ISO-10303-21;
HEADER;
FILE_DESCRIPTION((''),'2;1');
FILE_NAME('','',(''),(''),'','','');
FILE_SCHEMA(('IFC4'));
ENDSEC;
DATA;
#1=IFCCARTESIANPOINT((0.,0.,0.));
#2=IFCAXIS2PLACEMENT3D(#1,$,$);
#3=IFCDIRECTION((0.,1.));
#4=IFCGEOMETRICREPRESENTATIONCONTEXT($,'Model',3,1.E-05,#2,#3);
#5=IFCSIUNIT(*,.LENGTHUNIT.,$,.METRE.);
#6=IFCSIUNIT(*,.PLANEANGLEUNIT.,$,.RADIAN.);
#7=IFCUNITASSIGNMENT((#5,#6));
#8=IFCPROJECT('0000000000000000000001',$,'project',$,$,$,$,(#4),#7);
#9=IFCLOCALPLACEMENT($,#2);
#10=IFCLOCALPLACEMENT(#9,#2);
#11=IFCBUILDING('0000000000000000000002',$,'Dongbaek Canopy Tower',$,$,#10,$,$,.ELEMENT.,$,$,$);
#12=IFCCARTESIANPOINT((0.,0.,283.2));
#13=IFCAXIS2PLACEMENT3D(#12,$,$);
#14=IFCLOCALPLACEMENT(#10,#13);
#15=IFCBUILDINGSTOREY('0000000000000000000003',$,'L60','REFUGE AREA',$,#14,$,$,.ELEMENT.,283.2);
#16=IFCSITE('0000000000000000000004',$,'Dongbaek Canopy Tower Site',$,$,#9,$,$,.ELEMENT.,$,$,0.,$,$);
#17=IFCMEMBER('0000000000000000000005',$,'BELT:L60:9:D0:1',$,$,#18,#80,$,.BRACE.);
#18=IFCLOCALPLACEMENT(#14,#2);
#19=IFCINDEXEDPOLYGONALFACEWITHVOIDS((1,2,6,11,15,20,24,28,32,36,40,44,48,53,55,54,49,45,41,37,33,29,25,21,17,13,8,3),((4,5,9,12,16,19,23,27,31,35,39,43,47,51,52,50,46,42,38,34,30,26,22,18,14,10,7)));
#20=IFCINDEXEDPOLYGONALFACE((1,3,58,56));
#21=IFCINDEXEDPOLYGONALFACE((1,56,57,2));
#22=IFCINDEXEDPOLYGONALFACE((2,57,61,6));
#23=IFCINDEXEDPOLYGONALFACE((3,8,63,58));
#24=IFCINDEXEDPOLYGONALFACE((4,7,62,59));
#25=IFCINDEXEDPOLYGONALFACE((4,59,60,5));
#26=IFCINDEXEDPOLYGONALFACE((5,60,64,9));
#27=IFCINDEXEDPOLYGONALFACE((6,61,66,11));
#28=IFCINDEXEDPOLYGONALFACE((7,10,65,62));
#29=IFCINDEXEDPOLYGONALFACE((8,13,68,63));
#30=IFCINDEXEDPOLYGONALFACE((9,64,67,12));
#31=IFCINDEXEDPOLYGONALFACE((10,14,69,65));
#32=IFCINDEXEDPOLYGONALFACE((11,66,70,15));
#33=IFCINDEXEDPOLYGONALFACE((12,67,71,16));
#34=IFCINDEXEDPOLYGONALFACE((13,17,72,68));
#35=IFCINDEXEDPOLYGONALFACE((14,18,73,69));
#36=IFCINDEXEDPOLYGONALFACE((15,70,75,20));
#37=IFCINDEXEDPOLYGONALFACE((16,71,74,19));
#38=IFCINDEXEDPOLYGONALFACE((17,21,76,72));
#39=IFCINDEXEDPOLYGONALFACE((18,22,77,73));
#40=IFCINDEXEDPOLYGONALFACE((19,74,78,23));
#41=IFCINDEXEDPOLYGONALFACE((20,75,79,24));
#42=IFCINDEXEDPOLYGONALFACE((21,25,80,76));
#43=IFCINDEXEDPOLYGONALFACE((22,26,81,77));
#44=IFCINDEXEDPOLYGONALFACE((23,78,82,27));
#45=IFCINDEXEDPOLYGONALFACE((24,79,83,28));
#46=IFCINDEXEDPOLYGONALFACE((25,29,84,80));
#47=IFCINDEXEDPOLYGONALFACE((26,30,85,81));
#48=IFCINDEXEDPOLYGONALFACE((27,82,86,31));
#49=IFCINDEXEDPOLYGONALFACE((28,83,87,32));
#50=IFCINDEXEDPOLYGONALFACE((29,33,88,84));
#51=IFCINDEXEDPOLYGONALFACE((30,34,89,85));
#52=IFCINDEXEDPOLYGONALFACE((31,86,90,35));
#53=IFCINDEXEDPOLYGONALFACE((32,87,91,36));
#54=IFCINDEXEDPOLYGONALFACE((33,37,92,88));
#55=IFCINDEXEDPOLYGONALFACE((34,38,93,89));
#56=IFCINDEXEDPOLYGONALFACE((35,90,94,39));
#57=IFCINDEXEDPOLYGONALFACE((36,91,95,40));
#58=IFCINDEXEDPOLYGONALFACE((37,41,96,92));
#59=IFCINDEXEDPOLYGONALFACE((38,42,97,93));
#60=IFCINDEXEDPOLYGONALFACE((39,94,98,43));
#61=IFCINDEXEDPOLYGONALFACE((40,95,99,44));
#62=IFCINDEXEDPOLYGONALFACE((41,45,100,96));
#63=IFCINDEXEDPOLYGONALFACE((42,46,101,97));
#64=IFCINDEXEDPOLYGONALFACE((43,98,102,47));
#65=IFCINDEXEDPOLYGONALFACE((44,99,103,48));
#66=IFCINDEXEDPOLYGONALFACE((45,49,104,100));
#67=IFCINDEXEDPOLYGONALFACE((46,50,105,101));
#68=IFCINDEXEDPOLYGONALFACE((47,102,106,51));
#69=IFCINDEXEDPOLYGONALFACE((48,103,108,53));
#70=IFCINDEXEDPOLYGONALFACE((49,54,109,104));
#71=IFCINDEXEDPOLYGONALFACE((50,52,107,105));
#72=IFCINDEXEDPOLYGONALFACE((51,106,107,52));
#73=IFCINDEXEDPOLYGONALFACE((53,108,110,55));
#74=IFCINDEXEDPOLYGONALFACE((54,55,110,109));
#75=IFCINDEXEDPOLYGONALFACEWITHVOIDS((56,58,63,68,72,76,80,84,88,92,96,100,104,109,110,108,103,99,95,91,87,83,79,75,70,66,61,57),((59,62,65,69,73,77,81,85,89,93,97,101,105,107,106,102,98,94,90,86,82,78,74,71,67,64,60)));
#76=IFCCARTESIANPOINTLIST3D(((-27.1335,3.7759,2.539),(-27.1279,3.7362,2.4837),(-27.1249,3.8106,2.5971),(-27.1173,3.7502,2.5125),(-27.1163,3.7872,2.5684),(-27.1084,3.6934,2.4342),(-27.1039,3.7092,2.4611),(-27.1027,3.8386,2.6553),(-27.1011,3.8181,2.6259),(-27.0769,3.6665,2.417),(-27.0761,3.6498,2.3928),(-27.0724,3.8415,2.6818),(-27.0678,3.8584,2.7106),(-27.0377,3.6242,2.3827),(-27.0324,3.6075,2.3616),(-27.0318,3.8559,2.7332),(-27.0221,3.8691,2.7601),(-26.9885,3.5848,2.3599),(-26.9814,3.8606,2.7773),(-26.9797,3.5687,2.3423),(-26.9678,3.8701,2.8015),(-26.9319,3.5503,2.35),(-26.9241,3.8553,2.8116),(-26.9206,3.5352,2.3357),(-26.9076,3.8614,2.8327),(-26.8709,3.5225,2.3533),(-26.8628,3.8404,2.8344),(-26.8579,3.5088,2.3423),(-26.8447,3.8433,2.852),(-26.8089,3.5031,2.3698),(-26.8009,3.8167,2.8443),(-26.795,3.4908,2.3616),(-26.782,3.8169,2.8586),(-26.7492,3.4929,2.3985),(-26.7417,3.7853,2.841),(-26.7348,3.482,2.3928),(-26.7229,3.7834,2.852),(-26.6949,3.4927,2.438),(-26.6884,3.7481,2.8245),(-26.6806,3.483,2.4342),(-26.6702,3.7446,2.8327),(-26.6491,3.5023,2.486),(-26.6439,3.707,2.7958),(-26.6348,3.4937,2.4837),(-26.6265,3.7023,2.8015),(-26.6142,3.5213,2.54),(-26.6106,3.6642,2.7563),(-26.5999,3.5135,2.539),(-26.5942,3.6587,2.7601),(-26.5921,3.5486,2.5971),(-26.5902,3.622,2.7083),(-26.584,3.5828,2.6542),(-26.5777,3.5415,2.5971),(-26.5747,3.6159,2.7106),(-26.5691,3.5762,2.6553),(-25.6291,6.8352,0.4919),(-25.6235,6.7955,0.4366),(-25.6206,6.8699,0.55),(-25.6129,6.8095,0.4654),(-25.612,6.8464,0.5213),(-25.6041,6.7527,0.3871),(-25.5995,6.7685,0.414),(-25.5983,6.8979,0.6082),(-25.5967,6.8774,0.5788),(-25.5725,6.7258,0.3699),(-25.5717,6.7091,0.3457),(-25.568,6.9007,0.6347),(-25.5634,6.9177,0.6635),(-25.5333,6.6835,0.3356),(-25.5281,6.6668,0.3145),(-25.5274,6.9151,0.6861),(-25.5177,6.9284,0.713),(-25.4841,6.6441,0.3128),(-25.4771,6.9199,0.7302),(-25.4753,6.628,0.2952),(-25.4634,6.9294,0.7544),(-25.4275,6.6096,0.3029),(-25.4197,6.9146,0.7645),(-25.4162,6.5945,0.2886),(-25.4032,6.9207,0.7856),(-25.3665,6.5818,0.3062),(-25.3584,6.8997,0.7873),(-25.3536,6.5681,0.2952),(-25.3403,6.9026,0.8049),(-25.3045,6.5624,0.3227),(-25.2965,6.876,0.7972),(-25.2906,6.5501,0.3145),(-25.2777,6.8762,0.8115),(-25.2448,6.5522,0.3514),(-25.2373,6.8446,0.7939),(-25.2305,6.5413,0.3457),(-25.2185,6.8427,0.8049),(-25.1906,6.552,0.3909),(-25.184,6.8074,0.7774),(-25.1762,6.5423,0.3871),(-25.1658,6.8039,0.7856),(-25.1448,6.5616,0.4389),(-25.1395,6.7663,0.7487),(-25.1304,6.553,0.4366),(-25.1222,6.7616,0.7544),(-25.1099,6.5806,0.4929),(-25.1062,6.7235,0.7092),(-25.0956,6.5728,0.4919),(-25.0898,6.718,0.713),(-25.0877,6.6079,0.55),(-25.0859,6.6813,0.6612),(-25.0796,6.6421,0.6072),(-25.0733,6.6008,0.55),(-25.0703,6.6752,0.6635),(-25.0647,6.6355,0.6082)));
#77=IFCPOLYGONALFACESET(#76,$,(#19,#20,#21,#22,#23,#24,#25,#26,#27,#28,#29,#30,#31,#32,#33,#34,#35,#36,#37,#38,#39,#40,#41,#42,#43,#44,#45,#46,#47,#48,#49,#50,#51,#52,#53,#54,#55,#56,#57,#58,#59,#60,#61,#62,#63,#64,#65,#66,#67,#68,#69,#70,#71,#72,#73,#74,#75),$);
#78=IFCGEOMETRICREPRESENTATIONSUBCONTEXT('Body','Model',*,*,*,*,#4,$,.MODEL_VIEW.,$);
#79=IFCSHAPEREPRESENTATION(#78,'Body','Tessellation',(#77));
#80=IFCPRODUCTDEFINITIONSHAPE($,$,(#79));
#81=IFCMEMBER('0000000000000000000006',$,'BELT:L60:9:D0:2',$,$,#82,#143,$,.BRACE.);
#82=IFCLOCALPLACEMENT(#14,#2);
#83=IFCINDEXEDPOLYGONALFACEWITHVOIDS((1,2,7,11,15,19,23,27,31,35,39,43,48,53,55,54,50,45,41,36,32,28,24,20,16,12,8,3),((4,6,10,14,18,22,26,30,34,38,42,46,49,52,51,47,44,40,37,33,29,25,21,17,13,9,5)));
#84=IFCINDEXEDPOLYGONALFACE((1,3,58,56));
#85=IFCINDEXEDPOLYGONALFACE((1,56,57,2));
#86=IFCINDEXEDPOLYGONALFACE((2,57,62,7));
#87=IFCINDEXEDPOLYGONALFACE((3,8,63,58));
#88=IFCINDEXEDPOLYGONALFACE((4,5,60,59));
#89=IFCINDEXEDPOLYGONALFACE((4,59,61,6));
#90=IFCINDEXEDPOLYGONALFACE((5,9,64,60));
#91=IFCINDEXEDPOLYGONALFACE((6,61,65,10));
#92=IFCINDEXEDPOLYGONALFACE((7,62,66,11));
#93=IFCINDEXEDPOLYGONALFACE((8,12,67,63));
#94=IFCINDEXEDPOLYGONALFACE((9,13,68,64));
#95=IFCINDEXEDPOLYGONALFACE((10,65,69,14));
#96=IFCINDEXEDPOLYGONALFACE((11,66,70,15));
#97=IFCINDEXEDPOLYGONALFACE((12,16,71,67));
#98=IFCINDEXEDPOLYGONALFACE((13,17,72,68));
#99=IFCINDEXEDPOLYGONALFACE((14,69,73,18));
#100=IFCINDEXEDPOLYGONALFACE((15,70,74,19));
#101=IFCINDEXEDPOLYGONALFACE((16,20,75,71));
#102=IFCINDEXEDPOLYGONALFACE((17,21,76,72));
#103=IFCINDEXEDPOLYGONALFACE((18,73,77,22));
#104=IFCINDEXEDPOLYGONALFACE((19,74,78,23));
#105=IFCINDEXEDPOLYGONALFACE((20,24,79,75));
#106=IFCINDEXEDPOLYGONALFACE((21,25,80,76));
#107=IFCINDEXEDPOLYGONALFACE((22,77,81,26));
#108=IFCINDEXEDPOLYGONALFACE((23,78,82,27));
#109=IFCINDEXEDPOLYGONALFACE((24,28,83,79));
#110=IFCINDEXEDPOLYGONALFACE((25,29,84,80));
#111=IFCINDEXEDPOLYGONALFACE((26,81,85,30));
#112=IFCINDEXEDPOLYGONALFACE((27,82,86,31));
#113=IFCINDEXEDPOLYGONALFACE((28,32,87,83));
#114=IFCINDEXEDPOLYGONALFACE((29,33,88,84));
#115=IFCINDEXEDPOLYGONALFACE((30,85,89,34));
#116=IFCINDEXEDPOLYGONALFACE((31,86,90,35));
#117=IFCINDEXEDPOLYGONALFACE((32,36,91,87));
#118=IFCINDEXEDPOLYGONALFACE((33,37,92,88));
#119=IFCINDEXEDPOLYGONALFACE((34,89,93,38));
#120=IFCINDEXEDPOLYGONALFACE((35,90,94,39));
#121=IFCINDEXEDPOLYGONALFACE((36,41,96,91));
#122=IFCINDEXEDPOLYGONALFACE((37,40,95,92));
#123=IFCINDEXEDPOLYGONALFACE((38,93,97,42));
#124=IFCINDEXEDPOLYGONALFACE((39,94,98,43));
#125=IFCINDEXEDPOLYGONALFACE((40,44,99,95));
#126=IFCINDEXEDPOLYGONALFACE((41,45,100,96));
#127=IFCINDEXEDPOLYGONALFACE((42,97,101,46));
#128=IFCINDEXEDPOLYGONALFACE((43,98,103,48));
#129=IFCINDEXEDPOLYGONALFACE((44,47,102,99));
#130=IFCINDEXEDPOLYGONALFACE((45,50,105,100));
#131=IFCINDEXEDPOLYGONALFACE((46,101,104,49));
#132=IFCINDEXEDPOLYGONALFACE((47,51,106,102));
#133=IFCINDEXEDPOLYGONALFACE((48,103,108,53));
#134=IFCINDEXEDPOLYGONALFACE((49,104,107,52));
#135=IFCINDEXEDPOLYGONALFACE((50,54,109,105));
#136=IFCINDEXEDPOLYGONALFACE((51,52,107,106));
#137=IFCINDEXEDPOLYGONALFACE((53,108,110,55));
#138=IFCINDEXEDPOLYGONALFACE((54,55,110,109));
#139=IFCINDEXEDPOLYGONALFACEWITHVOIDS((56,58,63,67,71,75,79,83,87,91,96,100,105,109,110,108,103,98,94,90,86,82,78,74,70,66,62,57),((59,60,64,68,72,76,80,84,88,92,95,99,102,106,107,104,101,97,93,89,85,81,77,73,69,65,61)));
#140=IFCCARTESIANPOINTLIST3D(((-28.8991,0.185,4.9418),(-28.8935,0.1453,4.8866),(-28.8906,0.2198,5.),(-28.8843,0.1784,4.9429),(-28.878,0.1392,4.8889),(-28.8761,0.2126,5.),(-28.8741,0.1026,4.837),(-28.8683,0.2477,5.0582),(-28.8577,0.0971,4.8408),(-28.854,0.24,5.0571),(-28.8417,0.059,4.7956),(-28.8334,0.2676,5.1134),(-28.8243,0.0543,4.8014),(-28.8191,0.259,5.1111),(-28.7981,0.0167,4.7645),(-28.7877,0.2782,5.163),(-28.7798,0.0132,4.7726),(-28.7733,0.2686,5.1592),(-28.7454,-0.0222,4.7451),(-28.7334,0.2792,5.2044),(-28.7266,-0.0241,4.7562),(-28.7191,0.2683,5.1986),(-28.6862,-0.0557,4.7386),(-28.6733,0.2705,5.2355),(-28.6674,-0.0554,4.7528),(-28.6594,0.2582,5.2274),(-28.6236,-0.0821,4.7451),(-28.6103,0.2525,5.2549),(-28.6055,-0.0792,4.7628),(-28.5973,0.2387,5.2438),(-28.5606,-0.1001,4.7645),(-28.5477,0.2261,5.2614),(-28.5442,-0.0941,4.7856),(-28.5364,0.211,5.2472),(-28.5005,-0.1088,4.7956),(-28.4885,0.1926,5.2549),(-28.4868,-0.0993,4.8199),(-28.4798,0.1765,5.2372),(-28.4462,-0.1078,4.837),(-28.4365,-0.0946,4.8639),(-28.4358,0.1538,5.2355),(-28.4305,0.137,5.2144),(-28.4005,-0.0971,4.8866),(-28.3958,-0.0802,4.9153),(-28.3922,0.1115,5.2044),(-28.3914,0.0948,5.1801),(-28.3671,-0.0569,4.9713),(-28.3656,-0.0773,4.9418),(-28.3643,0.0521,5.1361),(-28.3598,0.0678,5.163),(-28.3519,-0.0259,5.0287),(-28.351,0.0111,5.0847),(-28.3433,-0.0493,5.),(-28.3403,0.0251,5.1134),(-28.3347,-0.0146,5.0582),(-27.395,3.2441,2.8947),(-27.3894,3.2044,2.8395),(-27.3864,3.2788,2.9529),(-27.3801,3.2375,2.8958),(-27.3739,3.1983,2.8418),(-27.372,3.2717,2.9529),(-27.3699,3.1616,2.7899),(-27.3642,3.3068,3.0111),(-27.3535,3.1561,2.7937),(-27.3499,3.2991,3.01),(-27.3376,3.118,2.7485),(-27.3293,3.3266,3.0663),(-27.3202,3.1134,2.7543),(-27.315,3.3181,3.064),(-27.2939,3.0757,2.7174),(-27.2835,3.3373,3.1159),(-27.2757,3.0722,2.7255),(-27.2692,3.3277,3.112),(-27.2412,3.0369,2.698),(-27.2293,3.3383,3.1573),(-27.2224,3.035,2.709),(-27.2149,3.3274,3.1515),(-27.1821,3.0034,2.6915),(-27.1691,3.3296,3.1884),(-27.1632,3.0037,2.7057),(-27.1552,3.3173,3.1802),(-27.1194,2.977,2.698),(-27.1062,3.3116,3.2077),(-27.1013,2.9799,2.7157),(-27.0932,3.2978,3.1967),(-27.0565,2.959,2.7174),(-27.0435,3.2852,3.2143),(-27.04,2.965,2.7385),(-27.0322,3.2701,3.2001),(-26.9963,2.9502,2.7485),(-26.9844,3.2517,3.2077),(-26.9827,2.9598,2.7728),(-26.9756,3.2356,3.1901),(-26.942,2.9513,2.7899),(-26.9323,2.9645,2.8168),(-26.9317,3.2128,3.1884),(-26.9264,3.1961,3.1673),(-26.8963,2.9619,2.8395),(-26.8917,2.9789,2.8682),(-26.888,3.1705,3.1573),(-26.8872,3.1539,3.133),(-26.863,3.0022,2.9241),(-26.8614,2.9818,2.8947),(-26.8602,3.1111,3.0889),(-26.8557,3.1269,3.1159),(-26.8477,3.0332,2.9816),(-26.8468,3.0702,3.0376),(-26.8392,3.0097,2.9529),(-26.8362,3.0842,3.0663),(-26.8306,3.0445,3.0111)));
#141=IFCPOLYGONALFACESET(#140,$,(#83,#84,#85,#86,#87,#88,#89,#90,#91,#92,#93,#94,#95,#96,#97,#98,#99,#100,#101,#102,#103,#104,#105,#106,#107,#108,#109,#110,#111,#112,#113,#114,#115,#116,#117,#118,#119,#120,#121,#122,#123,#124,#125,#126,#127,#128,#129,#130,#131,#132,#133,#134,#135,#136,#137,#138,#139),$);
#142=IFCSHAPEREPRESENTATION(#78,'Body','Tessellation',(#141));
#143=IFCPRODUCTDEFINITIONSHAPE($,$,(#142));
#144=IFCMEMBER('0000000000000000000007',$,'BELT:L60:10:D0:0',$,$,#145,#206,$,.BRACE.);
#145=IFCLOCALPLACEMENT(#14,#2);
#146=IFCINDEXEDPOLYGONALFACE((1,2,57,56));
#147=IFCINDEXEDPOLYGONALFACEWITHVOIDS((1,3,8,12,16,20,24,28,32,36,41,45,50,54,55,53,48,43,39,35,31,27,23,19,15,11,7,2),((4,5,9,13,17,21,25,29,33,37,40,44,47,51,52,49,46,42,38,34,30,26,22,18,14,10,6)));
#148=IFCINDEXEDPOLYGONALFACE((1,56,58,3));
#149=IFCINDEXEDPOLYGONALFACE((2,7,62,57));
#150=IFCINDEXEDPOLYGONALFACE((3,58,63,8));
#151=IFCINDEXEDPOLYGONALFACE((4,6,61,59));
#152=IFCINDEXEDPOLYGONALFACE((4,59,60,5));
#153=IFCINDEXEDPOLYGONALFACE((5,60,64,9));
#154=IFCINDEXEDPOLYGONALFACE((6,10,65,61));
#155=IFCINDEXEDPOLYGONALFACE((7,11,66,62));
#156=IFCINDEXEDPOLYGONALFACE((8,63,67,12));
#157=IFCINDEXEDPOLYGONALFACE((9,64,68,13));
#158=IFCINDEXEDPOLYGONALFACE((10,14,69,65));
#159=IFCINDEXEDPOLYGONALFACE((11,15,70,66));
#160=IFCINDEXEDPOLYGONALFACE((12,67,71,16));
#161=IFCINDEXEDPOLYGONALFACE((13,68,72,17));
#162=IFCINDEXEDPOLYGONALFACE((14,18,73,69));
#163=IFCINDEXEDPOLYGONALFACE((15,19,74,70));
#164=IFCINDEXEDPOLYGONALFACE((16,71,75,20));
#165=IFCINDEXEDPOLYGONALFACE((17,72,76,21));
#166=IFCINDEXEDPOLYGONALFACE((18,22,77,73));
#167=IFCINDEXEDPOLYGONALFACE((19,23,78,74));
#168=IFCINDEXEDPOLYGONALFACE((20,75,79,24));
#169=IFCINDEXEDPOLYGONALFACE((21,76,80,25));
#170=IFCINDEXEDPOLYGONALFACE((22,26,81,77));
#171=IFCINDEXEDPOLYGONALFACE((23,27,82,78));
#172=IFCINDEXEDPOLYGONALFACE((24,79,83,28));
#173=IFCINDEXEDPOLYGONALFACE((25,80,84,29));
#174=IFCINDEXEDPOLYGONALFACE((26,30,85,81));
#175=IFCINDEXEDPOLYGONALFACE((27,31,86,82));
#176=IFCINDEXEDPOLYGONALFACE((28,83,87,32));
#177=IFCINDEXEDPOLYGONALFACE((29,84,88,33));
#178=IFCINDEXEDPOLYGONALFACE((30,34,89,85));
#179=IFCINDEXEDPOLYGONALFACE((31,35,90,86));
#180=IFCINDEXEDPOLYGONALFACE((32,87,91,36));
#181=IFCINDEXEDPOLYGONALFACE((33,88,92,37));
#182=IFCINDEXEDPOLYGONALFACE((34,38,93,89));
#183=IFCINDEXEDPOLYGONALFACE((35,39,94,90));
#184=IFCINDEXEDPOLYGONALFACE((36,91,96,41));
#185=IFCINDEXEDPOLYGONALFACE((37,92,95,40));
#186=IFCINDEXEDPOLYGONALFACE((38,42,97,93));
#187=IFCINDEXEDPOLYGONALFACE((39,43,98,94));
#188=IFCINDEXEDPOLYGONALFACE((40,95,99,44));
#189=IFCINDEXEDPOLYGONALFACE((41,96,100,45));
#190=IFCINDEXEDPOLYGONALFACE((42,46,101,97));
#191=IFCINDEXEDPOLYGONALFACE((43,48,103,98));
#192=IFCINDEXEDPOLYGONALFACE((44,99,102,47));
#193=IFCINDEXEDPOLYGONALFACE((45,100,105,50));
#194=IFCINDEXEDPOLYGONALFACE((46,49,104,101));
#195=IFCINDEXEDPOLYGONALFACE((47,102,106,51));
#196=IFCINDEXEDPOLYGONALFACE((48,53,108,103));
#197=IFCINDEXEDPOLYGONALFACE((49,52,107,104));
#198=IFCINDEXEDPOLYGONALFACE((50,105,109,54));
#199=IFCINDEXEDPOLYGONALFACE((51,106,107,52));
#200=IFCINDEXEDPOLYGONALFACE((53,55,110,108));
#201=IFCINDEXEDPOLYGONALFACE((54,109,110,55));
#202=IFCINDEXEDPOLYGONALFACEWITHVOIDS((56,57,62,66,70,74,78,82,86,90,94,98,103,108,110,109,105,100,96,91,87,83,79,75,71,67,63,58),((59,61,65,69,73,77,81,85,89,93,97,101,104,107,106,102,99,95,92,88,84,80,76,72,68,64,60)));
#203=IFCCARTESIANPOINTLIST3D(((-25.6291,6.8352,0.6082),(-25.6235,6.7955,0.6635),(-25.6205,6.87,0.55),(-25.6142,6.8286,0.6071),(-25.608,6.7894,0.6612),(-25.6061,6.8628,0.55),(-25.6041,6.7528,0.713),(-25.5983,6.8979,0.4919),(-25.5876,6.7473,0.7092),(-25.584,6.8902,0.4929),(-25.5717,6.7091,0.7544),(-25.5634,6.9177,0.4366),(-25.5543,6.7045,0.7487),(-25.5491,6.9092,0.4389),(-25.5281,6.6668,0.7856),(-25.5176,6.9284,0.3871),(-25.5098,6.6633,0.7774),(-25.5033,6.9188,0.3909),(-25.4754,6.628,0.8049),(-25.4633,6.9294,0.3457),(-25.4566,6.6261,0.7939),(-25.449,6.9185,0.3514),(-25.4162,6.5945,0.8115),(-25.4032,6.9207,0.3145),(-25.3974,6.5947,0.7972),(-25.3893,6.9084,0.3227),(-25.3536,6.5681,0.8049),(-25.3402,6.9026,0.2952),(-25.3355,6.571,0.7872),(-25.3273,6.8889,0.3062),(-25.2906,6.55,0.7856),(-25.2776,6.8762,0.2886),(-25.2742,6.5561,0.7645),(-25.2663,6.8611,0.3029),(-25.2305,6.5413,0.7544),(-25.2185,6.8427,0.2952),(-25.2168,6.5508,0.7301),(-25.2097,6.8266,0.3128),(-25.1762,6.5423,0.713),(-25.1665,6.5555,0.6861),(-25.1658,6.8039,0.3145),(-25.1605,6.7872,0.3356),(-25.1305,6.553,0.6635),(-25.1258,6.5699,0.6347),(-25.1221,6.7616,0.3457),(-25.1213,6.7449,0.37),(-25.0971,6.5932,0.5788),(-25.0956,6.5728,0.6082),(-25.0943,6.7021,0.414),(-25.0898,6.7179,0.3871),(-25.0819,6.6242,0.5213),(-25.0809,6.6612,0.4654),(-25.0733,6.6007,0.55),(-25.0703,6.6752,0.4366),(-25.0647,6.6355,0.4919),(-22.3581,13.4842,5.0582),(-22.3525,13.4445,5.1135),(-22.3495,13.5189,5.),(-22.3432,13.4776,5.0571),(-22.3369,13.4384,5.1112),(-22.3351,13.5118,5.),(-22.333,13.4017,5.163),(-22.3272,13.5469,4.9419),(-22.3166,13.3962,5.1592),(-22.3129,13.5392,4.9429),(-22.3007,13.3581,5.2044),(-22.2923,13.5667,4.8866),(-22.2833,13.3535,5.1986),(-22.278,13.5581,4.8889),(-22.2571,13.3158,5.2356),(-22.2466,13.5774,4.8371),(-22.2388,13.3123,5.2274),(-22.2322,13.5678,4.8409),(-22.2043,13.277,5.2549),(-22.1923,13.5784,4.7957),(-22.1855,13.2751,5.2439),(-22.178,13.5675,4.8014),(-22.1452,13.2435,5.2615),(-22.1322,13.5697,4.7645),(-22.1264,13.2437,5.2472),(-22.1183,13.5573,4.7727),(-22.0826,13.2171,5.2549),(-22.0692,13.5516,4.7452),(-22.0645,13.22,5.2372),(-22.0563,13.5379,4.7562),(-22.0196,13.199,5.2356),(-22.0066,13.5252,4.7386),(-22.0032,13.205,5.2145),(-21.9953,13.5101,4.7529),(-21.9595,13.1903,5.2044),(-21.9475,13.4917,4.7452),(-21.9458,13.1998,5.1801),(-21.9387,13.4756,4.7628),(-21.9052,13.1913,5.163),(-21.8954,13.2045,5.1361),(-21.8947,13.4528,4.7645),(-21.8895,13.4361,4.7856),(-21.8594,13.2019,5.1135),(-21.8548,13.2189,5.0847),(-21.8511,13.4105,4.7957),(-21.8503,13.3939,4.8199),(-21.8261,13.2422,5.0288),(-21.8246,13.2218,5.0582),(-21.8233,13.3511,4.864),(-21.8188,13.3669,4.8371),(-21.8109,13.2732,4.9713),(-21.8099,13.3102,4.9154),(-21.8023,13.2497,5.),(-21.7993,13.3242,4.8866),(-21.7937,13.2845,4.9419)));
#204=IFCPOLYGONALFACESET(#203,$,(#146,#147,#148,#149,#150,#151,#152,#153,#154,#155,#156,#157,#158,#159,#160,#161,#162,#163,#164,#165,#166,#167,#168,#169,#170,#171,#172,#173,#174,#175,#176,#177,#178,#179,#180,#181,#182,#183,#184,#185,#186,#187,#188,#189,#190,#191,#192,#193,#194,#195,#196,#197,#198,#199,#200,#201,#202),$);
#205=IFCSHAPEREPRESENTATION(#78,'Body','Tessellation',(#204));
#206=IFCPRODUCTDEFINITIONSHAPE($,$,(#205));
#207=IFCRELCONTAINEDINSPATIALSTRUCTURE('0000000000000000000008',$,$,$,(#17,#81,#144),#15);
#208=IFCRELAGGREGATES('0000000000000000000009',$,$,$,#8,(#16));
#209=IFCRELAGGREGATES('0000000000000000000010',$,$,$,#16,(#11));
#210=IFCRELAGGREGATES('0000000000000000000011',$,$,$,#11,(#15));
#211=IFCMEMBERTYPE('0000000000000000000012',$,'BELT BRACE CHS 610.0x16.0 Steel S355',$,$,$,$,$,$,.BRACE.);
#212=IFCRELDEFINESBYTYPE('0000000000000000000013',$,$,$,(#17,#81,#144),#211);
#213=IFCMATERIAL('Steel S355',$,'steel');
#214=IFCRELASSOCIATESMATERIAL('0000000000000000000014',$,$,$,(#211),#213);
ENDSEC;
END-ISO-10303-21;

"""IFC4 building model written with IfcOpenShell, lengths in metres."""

from ifc_helpers import new_model, si_unit, direction, frame, origin, origin_2d, place, context, subcontext, project, spatial, hollow_circle, extrude, material, material_profile, profile_set, type_object, element, save


model = new_model("IFC4")

# Units and contexts
model_context = context("Model", 3, precision=1e-05, world=origin(), true_north=direction((0.0, 1.0)))
body_context = subcontext(model_context, "Body", "Model", "MODEL_VIEW")
ifc_project = project(units=[si_unit("LENGTHUNIT", "METRE"), si_unit("PLANEANGLEUNIT", "RADIAN")], contexts=[model_context])

# Site, building, storey
site_placement = place(None, origin())
site = spatial("IfcSite", under=ifc_project, at=site_placement, Name="Dongbaek Canopy Tower Site", CompositionType="ELEMENT", RefElevation=0.0)
building_placement = place(site_placement, origin())
building = spatial("IfcBuilding", under=site, at=building_placement, Name="Dongbaek Canopy Tower", CompositionType="ELEMENT")
storey_placement = place(building_placement, frame((0.0, 0.0, 283.2)))
storey = spatial("IfcBuildingStorey", under=building, at=storey_placement, Name="L60", Description="REFUGE AREA", CompositionType="ELEMENT", Elevation=283.2)

# Members
ifc_material_1 = material(Name="Steel S355", Category="steel")
ifc_material_profile_1 = material_profile(ifc_material_1, hollow_circle(Radius=0.3049, WallThickness=0.0161, at=origin_2d()), Name="BELT BRACE CHS 610.0x16.0 Steel S355")
ifc_profile_set_1 = profile_set([ifc_material_profile_1], Name="Steel S355")
member_type_1 = type_object("IfcMemberType", Name="BELT BRACE CHS 610.0x16.0 Steel S355", PredefinedType="BRACE", material=ifc_profile_set_1)
member_1_placement = place(storey_placement, frame((-25.3469, 6.7354, 0.55), z_axis=(-0.378311, -0.769331, 0.514791), x_axis=(0.897372, -0.441274, 0.0)))
element("IfcMember", 1, at=member_1_placement, inside=storey, type_object=member_type_1, Name="BELT:L60:9:D0:1", PredefinedType="BRACE", context=body_context, shape_type="SweptSolid", body=[
    extrude(hollow_circle(Radius=0.3049, WallThickness=0.0161, at=origin_2d()), origin(), (0.0, 0.0, 1.0), 3.9766),
])
member_2_placement = place(storey_placement, frame((-28.6169, 0.0852, 5.0), z_axis=(0.378277, 0.769324, -0.514827), x_axis=(-0.897387, 0.441245, 0.0)))
element("IfcMember", 2, at=member_2_placement, inside=storey, type_object=member_type_1, Name="BELT:L60:9:D0:2", PredefinedType="BRACE", context=body_context, shape_type="SweptSolid", body=[
    extrude(hollow_circle(Radius=0.3049, WallThickness=0.0161, at=origin_2d()), origin(), (0.0, 0.0, 1.0), 3.9763),
])
member_3_placement = place(storey_placement, frame((-25.3469, 6.7354, 0.55), z_axis=(0.378435, 0.769242, 0.514833), x_axis=(-0.897295, 0.441432, 0.0)))
element("IfcMember", 3, at=member_3_placement, inside=storey, type_object=member_type_1, Name="BELT:L60:10:D0:0", PredefinedType="BRACE", context=body_context, shape_type="SweptSolid", body=[
    extrude(hollow_circle(Radius=0.3049, WallThickness=0.0161, at=origin_2d()), origin(), (0.0, 0.0, 1.0), 8.6436),
])

save(model, "model.ifc")
